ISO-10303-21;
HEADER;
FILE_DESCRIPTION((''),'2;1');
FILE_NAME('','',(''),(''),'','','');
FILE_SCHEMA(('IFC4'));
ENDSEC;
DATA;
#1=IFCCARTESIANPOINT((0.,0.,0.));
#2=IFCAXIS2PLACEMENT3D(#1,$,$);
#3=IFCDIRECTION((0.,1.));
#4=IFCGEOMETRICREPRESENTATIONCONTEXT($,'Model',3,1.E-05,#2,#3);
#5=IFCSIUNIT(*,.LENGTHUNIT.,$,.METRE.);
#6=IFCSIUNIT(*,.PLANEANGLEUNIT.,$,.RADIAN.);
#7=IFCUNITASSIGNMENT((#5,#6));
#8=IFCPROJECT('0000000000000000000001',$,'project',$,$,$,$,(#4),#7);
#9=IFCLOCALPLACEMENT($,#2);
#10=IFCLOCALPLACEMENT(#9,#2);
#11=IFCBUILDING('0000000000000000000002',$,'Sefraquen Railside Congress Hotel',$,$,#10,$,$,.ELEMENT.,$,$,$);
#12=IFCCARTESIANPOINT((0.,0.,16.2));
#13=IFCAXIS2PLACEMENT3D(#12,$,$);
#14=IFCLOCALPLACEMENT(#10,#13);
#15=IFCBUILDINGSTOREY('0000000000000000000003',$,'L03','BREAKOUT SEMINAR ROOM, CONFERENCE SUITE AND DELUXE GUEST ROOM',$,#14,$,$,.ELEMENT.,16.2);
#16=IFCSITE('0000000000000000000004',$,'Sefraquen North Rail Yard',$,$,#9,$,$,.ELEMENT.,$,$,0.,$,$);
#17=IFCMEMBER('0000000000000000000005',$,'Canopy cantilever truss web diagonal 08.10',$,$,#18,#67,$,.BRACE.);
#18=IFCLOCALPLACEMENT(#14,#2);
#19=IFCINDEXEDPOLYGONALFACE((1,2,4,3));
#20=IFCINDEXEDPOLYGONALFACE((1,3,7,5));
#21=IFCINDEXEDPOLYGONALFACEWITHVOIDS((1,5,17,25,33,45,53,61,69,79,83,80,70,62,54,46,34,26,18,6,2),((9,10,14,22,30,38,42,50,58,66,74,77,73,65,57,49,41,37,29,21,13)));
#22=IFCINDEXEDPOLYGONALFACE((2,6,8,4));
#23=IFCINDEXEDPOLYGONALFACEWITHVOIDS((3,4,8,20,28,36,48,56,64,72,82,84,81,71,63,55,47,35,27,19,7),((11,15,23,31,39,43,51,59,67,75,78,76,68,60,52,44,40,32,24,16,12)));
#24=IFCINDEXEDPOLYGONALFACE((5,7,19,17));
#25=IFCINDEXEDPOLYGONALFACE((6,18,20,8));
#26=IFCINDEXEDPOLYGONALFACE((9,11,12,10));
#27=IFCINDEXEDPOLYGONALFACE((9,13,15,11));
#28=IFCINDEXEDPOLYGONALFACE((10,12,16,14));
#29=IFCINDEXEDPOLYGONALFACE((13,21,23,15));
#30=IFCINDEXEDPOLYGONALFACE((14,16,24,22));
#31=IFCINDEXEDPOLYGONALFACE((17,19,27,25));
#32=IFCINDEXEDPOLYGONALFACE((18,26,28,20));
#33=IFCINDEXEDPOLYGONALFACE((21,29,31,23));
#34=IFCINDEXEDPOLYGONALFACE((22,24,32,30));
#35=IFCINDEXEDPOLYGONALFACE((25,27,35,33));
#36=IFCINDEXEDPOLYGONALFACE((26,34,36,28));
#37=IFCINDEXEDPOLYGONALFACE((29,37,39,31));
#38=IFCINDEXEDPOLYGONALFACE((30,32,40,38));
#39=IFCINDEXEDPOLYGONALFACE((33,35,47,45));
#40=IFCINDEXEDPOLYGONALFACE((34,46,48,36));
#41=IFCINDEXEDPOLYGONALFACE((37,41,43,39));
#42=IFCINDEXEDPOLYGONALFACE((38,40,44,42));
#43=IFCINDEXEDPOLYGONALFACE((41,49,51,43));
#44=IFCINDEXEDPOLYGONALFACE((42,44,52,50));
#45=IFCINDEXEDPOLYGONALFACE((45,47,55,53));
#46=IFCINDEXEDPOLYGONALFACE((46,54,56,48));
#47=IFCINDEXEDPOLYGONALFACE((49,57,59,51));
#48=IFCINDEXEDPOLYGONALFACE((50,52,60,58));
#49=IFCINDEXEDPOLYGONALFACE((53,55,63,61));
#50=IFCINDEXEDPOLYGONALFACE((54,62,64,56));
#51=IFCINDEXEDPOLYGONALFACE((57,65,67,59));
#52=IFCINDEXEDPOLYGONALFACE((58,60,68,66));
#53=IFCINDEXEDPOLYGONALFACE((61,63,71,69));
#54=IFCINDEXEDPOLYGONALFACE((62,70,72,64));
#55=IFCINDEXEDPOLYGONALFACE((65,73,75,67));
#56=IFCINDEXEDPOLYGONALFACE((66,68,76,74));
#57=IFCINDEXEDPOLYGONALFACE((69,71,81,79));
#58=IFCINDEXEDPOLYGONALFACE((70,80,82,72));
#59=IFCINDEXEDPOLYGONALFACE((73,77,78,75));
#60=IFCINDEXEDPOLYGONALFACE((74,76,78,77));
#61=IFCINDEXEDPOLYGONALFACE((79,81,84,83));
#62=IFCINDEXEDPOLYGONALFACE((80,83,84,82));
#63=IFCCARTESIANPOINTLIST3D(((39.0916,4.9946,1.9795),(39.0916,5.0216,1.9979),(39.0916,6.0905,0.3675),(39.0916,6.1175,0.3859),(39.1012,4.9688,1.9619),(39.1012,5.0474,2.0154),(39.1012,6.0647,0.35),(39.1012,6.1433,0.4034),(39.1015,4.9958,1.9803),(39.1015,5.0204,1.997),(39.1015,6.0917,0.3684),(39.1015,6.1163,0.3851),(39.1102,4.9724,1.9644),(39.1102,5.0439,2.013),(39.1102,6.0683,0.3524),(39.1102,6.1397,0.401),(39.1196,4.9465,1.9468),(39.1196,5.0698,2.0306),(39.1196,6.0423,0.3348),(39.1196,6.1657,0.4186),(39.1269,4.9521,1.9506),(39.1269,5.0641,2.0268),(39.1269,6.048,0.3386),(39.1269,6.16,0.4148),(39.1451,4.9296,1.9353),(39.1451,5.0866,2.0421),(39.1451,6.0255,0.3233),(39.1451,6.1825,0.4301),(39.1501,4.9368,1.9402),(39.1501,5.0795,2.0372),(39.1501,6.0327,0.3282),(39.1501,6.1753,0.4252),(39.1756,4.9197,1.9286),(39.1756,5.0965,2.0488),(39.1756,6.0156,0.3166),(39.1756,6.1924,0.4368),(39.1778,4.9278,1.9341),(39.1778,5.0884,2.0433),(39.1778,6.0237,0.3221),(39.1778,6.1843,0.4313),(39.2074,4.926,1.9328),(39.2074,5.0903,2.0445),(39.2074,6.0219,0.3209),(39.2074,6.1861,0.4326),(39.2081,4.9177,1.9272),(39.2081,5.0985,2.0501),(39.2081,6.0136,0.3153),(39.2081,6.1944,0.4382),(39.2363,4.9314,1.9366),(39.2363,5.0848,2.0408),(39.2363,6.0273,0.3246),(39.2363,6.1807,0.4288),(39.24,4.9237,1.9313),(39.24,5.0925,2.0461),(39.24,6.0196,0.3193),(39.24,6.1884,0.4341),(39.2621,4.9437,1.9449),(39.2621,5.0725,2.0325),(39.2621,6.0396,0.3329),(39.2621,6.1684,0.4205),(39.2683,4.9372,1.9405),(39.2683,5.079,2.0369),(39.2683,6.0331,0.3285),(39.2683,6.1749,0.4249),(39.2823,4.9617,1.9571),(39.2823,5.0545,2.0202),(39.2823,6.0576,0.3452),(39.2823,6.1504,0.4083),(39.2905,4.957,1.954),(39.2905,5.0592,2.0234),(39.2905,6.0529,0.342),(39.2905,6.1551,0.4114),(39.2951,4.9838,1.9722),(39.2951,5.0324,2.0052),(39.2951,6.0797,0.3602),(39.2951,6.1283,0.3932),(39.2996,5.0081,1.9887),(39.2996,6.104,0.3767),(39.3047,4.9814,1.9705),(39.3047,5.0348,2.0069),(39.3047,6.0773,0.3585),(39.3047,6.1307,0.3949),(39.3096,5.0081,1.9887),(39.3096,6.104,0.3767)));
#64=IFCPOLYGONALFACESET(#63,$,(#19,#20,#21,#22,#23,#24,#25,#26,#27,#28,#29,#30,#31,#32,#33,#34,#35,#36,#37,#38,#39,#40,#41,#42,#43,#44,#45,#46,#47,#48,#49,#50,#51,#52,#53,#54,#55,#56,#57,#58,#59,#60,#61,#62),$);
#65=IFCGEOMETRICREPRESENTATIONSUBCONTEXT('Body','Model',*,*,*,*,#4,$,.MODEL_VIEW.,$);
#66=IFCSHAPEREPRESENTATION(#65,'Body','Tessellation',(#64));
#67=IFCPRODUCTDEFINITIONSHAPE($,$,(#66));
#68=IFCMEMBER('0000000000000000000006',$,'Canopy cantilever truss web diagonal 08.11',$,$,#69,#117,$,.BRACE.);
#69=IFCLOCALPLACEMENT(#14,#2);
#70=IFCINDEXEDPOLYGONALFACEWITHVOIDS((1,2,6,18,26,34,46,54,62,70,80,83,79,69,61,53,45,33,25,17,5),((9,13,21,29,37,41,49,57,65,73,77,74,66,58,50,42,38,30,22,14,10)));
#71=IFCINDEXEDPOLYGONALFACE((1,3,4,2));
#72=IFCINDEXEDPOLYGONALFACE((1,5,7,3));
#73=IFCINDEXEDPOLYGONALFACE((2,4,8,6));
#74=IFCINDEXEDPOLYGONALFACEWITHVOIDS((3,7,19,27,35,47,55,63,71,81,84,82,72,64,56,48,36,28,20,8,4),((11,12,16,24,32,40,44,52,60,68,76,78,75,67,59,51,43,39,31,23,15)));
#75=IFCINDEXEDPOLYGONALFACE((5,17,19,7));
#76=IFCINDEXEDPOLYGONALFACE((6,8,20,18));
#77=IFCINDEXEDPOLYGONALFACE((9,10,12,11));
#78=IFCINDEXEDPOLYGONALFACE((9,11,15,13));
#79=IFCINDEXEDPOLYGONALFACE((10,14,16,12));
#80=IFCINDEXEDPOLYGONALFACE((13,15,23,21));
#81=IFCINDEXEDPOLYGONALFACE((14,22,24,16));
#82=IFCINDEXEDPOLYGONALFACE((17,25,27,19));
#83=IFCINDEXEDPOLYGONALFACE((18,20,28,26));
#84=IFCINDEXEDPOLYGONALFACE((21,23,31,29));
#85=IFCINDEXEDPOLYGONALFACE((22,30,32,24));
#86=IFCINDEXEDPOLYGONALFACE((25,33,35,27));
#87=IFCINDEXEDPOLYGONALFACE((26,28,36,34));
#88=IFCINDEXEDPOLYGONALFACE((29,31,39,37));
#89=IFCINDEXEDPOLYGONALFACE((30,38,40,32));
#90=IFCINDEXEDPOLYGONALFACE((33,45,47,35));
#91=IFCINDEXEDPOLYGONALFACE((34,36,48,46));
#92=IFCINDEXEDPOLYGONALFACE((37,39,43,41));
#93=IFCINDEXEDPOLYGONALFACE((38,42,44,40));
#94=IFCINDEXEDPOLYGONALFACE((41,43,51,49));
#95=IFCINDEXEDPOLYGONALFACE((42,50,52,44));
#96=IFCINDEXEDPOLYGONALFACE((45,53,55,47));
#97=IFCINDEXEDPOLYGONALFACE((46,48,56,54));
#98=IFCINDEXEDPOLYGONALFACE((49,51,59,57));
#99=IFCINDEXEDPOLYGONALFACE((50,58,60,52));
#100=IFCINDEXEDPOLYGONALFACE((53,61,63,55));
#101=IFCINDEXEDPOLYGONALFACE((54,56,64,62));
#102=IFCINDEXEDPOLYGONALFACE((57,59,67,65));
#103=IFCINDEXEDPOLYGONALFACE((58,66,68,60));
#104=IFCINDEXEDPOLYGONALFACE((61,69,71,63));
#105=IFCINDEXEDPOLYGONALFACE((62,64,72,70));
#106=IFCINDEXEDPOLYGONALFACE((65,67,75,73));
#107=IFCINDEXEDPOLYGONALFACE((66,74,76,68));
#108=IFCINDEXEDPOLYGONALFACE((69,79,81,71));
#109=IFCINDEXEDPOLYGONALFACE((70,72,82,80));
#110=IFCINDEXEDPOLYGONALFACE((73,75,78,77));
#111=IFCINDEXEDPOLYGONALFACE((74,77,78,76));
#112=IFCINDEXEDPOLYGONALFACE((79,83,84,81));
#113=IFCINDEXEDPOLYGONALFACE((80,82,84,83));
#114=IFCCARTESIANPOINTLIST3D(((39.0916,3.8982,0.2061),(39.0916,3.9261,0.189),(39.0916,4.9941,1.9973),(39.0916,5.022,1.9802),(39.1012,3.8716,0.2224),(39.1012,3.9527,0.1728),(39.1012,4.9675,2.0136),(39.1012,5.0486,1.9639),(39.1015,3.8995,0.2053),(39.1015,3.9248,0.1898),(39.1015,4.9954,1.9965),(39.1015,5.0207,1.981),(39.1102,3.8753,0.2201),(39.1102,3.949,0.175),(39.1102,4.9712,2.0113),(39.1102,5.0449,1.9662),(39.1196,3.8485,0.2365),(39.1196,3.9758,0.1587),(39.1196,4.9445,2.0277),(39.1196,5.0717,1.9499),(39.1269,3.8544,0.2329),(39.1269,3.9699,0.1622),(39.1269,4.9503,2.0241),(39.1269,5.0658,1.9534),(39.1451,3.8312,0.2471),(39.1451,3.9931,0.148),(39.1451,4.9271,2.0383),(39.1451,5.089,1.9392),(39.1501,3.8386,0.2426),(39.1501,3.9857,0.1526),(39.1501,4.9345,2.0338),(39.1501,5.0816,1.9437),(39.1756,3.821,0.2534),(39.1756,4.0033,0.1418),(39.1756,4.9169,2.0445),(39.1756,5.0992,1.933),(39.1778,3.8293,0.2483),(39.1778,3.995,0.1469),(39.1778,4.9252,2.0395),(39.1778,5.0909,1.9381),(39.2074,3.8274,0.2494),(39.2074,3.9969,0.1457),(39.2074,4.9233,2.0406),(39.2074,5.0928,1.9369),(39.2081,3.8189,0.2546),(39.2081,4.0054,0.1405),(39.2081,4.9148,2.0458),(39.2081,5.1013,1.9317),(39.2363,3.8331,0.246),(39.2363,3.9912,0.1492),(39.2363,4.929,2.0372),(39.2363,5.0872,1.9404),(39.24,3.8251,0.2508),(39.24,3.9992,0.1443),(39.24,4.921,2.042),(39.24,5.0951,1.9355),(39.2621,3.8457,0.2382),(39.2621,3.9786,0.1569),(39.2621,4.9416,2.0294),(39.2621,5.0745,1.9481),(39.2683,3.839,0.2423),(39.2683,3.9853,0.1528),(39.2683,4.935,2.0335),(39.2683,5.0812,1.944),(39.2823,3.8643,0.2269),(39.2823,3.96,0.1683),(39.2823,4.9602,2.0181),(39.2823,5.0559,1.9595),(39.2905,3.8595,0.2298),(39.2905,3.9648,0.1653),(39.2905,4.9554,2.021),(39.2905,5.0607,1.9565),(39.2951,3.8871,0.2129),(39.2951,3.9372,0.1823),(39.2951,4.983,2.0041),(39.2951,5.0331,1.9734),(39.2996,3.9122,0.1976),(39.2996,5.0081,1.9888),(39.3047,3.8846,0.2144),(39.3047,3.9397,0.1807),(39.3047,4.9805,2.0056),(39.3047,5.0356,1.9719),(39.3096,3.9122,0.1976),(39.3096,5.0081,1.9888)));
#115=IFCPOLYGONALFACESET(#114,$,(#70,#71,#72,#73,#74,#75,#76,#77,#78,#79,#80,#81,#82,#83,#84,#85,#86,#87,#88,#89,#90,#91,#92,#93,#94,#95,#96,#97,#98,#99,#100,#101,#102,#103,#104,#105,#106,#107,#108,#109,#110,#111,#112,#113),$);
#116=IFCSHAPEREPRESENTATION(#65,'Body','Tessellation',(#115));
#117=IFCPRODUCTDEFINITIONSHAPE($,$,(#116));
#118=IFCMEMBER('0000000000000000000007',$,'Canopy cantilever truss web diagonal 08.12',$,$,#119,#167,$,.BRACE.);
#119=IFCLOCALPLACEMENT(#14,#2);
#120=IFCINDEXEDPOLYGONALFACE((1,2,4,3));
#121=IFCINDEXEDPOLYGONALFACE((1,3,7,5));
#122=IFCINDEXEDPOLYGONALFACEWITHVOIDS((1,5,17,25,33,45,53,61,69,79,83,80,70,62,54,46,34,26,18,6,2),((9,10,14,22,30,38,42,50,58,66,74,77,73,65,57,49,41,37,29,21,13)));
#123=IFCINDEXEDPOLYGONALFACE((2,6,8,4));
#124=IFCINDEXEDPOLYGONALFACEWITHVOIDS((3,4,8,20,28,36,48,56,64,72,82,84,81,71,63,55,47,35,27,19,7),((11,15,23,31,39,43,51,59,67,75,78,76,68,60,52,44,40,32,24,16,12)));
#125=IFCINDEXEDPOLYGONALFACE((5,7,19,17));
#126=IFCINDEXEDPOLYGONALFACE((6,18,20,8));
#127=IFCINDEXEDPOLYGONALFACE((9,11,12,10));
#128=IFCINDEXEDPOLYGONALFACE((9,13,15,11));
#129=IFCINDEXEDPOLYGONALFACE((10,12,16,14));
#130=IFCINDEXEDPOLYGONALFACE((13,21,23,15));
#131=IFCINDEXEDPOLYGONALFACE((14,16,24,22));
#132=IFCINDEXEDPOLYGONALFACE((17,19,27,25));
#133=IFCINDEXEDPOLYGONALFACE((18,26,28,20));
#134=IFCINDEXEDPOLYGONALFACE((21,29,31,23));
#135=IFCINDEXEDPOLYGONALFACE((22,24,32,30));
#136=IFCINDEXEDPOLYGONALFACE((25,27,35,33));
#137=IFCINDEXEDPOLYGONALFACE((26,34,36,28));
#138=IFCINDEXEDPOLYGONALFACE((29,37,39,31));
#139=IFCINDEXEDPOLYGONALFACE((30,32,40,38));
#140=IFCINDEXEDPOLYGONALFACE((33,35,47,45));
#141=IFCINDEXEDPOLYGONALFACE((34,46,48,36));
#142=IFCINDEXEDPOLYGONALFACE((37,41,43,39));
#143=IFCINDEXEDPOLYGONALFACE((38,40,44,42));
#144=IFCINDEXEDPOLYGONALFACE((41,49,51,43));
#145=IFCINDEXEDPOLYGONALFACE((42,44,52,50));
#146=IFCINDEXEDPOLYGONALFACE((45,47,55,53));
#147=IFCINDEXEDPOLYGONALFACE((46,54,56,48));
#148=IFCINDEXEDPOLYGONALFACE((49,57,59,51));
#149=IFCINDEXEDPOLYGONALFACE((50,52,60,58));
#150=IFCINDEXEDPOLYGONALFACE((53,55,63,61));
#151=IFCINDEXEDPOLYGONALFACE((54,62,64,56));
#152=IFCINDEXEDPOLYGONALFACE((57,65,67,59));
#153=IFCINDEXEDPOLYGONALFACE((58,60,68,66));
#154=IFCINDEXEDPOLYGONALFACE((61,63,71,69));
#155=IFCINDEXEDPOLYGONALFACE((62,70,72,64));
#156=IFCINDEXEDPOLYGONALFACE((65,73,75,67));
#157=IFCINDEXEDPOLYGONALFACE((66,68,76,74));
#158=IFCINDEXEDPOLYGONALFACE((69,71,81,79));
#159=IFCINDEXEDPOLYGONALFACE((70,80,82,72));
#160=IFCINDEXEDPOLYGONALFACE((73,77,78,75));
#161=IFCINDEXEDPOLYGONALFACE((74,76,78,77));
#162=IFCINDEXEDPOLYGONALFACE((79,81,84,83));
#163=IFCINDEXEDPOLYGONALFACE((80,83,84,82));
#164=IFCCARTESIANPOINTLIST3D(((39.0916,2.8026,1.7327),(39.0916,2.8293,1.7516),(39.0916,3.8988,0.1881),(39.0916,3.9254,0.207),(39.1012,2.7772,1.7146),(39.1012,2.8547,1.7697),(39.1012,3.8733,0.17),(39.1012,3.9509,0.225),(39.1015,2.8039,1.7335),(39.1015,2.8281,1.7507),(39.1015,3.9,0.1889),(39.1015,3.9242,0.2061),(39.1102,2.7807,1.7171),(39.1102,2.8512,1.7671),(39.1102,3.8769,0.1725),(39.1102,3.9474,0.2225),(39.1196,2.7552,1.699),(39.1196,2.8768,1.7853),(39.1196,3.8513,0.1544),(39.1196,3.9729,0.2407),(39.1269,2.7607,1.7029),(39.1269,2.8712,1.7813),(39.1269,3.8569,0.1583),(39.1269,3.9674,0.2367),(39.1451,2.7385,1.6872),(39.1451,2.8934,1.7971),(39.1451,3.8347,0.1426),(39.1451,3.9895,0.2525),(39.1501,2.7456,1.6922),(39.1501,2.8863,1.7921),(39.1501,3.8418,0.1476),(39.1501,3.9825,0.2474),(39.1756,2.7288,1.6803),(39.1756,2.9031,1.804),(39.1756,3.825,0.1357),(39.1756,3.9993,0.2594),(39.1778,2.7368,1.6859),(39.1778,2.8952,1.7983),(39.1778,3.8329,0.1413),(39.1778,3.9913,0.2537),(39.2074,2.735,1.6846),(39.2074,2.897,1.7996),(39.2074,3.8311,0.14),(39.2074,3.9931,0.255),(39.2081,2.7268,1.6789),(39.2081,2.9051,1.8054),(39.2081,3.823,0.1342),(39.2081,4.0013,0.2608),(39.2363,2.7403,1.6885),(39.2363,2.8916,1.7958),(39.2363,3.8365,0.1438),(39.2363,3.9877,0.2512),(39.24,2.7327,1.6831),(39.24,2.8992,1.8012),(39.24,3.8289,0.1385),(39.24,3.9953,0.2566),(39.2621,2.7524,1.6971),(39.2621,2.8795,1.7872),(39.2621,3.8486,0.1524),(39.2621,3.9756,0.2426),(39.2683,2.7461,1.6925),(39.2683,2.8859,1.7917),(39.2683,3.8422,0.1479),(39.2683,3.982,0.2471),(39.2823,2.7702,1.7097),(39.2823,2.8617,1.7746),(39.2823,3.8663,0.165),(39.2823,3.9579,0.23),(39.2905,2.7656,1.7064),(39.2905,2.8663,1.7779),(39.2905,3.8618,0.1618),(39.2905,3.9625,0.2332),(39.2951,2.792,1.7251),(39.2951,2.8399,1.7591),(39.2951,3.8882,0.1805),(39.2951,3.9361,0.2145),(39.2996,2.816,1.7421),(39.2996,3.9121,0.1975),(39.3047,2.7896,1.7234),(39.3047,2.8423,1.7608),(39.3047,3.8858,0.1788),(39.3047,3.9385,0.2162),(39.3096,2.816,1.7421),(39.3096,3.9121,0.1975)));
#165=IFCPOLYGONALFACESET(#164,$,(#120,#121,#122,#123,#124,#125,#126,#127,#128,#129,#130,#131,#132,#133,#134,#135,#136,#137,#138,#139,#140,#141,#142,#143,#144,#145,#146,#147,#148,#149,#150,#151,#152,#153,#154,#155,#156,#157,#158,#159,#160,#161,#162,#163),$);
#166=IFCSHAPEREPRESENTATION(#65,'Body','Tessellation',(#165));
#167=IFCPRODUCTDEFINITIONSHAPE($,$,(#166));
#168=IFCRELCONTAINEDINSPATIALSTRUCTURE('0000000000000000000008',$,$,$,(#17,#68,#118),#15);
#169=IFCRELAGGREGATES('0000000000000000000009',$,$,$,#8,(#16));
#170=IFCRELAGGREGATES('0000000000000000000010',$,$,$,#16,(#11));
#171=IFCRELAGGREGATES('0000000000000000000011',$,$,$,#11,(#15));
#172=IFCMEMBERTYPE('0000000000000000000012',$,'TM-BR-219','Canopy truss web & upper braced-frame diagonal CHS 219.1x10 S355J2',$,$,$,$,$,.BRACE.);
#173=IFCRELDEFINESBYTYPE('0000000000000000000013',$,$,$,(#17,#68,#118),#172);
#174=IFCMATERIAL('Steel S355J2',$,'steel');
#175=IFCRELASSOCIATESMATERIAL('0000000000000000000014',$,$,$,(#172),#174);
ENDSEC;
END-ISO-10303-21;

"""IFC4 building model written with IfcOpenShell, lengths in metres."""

from ifc_helpers import new_model, si_unit, direction, frame, origin, origin_2d, place, context, subcontext, project, spatial, hollow_circle, extrude, material, material_profile, profile_set, type_object, element, save


model = new_model("IFC4")

# Units and contexts
model_context = context("Model", 3, precision=1e-05, world=origin(), true_north=direction((0.0, 1.0)))
body_context = subcontext(model_context, "Body", "Model", "MODEL_VIEW")
ifc_project = project(units=[si_unit("LENGTHUNIT", "METRE"), si_unit("PLANEANGLEUNIT", "RADIAN")], contexts=[model_context])

# Site, building, storey
site_placement = place(None, origin())
site = spatial("IfcSite", under=ifc_project, at=site_placement, Name="Sefraquen North Rail Yard", CompositionType="ELEMENT", RefElevation=0.0)
building_placement = place(site_placement, origin())
building = spatial("IfcBuilding", under=site, at=building_placement, Name="Sefraquen Railside Congress Hotel", CompositionType="ELEMENT")
storey_placement = place(building_placement, frame((0.0, 0.0, 16.2)))
storey = spatial("IfcBuildingStorey", under=building, at=storey_placement, Name="L03", Description="BREAKOUT SEMINAR ROOM, CONFERENCE SUITE AND DELUXE GUEST ROOM", CompositionType="ELEMENT", Elevation=16.2)

# Members
ifc_material_1 = material(Name="Steel S355J2", Category="steel")
ifc_material_profile_1 = material_profile(ifc_material_1, hollow_circle(Radius=0.1096, WallThickness=0.01, at=origin_2d()), Name="CHS 219.1x10")
ifc_profile_set_1 = profile_set([ifc_material_profile_1], Name="Steel S355J2")
member_type_1 = type_object("IfcMemberType", Name="TM-BR-219", Description="Canopy truss web & upper braced-frame diagonal CHS 219.1x10 S355J2", PredefinedType="BRACE", material=ifc_profile_set_1)
member_1_placement = place(storey_placement, frame((39.2, 6.104, 0.3767), z_axis=(0.0, -0.562221, 0.826987), x_axis=(1.0, 0.0, 0.0)))
element("IfcMember", 1, at=member_1_placement, inside=storey, type_object=member_type_1, Name="Canopy cantilever truss web diagonal 08.10", PredefinedType="BRACE", context=body_context, shape_type="SweptSolid", body=[
    extrude(hollow_circle(Radius=0.1096, WallThickness=0.01, at=origin_2d()), origin(), (0.0, 0.0, 1.0), 1.9492),
])
member_2_placement = place(storey_placement, frame((39.2, 5.0081, 1.9888), z_axis=(0.0, -0.521897, -0.853009), x_axis=(1.0, 0.0, 0.0)))
element("IfcMember", 2, at=member_2_placement, inside=storey, type_object=member_type_1, Name="Canopy cantilever truss web diagonal 08.11", PredefinedType="BRACE", context=body_context, shape_type="SweptSolid", body=[
    extrude(hollow_circle(Radius=0.1096, WallThickness=0.01, at=origin_2d()), origin(), (0.0, 0.0, 1.0), 2.0999),
])
member_3_placement = place(storey_placement, frame((39.2, 3.9121, 0.1975), z_axis=(0.0, -0.578736, 0.815515), x_axis=(1.0, 0.0, 0.0)))
element("IfcMember", 3, at=member_3_placement, inside=storey, type_object=member_type_1, Name="Canopy cantilever truss web diagonal 08.12", PredefinedType="BRACE", context=body_context, shape_type="SweptSolid", body=[
    extrude(hollow_circle(Radius=0.1096, WallThickness=0.01, at=origin_2d()), origin(), (0.0, 0.0, 1.0), 1.894),
])

save(model, "model.ifc")
